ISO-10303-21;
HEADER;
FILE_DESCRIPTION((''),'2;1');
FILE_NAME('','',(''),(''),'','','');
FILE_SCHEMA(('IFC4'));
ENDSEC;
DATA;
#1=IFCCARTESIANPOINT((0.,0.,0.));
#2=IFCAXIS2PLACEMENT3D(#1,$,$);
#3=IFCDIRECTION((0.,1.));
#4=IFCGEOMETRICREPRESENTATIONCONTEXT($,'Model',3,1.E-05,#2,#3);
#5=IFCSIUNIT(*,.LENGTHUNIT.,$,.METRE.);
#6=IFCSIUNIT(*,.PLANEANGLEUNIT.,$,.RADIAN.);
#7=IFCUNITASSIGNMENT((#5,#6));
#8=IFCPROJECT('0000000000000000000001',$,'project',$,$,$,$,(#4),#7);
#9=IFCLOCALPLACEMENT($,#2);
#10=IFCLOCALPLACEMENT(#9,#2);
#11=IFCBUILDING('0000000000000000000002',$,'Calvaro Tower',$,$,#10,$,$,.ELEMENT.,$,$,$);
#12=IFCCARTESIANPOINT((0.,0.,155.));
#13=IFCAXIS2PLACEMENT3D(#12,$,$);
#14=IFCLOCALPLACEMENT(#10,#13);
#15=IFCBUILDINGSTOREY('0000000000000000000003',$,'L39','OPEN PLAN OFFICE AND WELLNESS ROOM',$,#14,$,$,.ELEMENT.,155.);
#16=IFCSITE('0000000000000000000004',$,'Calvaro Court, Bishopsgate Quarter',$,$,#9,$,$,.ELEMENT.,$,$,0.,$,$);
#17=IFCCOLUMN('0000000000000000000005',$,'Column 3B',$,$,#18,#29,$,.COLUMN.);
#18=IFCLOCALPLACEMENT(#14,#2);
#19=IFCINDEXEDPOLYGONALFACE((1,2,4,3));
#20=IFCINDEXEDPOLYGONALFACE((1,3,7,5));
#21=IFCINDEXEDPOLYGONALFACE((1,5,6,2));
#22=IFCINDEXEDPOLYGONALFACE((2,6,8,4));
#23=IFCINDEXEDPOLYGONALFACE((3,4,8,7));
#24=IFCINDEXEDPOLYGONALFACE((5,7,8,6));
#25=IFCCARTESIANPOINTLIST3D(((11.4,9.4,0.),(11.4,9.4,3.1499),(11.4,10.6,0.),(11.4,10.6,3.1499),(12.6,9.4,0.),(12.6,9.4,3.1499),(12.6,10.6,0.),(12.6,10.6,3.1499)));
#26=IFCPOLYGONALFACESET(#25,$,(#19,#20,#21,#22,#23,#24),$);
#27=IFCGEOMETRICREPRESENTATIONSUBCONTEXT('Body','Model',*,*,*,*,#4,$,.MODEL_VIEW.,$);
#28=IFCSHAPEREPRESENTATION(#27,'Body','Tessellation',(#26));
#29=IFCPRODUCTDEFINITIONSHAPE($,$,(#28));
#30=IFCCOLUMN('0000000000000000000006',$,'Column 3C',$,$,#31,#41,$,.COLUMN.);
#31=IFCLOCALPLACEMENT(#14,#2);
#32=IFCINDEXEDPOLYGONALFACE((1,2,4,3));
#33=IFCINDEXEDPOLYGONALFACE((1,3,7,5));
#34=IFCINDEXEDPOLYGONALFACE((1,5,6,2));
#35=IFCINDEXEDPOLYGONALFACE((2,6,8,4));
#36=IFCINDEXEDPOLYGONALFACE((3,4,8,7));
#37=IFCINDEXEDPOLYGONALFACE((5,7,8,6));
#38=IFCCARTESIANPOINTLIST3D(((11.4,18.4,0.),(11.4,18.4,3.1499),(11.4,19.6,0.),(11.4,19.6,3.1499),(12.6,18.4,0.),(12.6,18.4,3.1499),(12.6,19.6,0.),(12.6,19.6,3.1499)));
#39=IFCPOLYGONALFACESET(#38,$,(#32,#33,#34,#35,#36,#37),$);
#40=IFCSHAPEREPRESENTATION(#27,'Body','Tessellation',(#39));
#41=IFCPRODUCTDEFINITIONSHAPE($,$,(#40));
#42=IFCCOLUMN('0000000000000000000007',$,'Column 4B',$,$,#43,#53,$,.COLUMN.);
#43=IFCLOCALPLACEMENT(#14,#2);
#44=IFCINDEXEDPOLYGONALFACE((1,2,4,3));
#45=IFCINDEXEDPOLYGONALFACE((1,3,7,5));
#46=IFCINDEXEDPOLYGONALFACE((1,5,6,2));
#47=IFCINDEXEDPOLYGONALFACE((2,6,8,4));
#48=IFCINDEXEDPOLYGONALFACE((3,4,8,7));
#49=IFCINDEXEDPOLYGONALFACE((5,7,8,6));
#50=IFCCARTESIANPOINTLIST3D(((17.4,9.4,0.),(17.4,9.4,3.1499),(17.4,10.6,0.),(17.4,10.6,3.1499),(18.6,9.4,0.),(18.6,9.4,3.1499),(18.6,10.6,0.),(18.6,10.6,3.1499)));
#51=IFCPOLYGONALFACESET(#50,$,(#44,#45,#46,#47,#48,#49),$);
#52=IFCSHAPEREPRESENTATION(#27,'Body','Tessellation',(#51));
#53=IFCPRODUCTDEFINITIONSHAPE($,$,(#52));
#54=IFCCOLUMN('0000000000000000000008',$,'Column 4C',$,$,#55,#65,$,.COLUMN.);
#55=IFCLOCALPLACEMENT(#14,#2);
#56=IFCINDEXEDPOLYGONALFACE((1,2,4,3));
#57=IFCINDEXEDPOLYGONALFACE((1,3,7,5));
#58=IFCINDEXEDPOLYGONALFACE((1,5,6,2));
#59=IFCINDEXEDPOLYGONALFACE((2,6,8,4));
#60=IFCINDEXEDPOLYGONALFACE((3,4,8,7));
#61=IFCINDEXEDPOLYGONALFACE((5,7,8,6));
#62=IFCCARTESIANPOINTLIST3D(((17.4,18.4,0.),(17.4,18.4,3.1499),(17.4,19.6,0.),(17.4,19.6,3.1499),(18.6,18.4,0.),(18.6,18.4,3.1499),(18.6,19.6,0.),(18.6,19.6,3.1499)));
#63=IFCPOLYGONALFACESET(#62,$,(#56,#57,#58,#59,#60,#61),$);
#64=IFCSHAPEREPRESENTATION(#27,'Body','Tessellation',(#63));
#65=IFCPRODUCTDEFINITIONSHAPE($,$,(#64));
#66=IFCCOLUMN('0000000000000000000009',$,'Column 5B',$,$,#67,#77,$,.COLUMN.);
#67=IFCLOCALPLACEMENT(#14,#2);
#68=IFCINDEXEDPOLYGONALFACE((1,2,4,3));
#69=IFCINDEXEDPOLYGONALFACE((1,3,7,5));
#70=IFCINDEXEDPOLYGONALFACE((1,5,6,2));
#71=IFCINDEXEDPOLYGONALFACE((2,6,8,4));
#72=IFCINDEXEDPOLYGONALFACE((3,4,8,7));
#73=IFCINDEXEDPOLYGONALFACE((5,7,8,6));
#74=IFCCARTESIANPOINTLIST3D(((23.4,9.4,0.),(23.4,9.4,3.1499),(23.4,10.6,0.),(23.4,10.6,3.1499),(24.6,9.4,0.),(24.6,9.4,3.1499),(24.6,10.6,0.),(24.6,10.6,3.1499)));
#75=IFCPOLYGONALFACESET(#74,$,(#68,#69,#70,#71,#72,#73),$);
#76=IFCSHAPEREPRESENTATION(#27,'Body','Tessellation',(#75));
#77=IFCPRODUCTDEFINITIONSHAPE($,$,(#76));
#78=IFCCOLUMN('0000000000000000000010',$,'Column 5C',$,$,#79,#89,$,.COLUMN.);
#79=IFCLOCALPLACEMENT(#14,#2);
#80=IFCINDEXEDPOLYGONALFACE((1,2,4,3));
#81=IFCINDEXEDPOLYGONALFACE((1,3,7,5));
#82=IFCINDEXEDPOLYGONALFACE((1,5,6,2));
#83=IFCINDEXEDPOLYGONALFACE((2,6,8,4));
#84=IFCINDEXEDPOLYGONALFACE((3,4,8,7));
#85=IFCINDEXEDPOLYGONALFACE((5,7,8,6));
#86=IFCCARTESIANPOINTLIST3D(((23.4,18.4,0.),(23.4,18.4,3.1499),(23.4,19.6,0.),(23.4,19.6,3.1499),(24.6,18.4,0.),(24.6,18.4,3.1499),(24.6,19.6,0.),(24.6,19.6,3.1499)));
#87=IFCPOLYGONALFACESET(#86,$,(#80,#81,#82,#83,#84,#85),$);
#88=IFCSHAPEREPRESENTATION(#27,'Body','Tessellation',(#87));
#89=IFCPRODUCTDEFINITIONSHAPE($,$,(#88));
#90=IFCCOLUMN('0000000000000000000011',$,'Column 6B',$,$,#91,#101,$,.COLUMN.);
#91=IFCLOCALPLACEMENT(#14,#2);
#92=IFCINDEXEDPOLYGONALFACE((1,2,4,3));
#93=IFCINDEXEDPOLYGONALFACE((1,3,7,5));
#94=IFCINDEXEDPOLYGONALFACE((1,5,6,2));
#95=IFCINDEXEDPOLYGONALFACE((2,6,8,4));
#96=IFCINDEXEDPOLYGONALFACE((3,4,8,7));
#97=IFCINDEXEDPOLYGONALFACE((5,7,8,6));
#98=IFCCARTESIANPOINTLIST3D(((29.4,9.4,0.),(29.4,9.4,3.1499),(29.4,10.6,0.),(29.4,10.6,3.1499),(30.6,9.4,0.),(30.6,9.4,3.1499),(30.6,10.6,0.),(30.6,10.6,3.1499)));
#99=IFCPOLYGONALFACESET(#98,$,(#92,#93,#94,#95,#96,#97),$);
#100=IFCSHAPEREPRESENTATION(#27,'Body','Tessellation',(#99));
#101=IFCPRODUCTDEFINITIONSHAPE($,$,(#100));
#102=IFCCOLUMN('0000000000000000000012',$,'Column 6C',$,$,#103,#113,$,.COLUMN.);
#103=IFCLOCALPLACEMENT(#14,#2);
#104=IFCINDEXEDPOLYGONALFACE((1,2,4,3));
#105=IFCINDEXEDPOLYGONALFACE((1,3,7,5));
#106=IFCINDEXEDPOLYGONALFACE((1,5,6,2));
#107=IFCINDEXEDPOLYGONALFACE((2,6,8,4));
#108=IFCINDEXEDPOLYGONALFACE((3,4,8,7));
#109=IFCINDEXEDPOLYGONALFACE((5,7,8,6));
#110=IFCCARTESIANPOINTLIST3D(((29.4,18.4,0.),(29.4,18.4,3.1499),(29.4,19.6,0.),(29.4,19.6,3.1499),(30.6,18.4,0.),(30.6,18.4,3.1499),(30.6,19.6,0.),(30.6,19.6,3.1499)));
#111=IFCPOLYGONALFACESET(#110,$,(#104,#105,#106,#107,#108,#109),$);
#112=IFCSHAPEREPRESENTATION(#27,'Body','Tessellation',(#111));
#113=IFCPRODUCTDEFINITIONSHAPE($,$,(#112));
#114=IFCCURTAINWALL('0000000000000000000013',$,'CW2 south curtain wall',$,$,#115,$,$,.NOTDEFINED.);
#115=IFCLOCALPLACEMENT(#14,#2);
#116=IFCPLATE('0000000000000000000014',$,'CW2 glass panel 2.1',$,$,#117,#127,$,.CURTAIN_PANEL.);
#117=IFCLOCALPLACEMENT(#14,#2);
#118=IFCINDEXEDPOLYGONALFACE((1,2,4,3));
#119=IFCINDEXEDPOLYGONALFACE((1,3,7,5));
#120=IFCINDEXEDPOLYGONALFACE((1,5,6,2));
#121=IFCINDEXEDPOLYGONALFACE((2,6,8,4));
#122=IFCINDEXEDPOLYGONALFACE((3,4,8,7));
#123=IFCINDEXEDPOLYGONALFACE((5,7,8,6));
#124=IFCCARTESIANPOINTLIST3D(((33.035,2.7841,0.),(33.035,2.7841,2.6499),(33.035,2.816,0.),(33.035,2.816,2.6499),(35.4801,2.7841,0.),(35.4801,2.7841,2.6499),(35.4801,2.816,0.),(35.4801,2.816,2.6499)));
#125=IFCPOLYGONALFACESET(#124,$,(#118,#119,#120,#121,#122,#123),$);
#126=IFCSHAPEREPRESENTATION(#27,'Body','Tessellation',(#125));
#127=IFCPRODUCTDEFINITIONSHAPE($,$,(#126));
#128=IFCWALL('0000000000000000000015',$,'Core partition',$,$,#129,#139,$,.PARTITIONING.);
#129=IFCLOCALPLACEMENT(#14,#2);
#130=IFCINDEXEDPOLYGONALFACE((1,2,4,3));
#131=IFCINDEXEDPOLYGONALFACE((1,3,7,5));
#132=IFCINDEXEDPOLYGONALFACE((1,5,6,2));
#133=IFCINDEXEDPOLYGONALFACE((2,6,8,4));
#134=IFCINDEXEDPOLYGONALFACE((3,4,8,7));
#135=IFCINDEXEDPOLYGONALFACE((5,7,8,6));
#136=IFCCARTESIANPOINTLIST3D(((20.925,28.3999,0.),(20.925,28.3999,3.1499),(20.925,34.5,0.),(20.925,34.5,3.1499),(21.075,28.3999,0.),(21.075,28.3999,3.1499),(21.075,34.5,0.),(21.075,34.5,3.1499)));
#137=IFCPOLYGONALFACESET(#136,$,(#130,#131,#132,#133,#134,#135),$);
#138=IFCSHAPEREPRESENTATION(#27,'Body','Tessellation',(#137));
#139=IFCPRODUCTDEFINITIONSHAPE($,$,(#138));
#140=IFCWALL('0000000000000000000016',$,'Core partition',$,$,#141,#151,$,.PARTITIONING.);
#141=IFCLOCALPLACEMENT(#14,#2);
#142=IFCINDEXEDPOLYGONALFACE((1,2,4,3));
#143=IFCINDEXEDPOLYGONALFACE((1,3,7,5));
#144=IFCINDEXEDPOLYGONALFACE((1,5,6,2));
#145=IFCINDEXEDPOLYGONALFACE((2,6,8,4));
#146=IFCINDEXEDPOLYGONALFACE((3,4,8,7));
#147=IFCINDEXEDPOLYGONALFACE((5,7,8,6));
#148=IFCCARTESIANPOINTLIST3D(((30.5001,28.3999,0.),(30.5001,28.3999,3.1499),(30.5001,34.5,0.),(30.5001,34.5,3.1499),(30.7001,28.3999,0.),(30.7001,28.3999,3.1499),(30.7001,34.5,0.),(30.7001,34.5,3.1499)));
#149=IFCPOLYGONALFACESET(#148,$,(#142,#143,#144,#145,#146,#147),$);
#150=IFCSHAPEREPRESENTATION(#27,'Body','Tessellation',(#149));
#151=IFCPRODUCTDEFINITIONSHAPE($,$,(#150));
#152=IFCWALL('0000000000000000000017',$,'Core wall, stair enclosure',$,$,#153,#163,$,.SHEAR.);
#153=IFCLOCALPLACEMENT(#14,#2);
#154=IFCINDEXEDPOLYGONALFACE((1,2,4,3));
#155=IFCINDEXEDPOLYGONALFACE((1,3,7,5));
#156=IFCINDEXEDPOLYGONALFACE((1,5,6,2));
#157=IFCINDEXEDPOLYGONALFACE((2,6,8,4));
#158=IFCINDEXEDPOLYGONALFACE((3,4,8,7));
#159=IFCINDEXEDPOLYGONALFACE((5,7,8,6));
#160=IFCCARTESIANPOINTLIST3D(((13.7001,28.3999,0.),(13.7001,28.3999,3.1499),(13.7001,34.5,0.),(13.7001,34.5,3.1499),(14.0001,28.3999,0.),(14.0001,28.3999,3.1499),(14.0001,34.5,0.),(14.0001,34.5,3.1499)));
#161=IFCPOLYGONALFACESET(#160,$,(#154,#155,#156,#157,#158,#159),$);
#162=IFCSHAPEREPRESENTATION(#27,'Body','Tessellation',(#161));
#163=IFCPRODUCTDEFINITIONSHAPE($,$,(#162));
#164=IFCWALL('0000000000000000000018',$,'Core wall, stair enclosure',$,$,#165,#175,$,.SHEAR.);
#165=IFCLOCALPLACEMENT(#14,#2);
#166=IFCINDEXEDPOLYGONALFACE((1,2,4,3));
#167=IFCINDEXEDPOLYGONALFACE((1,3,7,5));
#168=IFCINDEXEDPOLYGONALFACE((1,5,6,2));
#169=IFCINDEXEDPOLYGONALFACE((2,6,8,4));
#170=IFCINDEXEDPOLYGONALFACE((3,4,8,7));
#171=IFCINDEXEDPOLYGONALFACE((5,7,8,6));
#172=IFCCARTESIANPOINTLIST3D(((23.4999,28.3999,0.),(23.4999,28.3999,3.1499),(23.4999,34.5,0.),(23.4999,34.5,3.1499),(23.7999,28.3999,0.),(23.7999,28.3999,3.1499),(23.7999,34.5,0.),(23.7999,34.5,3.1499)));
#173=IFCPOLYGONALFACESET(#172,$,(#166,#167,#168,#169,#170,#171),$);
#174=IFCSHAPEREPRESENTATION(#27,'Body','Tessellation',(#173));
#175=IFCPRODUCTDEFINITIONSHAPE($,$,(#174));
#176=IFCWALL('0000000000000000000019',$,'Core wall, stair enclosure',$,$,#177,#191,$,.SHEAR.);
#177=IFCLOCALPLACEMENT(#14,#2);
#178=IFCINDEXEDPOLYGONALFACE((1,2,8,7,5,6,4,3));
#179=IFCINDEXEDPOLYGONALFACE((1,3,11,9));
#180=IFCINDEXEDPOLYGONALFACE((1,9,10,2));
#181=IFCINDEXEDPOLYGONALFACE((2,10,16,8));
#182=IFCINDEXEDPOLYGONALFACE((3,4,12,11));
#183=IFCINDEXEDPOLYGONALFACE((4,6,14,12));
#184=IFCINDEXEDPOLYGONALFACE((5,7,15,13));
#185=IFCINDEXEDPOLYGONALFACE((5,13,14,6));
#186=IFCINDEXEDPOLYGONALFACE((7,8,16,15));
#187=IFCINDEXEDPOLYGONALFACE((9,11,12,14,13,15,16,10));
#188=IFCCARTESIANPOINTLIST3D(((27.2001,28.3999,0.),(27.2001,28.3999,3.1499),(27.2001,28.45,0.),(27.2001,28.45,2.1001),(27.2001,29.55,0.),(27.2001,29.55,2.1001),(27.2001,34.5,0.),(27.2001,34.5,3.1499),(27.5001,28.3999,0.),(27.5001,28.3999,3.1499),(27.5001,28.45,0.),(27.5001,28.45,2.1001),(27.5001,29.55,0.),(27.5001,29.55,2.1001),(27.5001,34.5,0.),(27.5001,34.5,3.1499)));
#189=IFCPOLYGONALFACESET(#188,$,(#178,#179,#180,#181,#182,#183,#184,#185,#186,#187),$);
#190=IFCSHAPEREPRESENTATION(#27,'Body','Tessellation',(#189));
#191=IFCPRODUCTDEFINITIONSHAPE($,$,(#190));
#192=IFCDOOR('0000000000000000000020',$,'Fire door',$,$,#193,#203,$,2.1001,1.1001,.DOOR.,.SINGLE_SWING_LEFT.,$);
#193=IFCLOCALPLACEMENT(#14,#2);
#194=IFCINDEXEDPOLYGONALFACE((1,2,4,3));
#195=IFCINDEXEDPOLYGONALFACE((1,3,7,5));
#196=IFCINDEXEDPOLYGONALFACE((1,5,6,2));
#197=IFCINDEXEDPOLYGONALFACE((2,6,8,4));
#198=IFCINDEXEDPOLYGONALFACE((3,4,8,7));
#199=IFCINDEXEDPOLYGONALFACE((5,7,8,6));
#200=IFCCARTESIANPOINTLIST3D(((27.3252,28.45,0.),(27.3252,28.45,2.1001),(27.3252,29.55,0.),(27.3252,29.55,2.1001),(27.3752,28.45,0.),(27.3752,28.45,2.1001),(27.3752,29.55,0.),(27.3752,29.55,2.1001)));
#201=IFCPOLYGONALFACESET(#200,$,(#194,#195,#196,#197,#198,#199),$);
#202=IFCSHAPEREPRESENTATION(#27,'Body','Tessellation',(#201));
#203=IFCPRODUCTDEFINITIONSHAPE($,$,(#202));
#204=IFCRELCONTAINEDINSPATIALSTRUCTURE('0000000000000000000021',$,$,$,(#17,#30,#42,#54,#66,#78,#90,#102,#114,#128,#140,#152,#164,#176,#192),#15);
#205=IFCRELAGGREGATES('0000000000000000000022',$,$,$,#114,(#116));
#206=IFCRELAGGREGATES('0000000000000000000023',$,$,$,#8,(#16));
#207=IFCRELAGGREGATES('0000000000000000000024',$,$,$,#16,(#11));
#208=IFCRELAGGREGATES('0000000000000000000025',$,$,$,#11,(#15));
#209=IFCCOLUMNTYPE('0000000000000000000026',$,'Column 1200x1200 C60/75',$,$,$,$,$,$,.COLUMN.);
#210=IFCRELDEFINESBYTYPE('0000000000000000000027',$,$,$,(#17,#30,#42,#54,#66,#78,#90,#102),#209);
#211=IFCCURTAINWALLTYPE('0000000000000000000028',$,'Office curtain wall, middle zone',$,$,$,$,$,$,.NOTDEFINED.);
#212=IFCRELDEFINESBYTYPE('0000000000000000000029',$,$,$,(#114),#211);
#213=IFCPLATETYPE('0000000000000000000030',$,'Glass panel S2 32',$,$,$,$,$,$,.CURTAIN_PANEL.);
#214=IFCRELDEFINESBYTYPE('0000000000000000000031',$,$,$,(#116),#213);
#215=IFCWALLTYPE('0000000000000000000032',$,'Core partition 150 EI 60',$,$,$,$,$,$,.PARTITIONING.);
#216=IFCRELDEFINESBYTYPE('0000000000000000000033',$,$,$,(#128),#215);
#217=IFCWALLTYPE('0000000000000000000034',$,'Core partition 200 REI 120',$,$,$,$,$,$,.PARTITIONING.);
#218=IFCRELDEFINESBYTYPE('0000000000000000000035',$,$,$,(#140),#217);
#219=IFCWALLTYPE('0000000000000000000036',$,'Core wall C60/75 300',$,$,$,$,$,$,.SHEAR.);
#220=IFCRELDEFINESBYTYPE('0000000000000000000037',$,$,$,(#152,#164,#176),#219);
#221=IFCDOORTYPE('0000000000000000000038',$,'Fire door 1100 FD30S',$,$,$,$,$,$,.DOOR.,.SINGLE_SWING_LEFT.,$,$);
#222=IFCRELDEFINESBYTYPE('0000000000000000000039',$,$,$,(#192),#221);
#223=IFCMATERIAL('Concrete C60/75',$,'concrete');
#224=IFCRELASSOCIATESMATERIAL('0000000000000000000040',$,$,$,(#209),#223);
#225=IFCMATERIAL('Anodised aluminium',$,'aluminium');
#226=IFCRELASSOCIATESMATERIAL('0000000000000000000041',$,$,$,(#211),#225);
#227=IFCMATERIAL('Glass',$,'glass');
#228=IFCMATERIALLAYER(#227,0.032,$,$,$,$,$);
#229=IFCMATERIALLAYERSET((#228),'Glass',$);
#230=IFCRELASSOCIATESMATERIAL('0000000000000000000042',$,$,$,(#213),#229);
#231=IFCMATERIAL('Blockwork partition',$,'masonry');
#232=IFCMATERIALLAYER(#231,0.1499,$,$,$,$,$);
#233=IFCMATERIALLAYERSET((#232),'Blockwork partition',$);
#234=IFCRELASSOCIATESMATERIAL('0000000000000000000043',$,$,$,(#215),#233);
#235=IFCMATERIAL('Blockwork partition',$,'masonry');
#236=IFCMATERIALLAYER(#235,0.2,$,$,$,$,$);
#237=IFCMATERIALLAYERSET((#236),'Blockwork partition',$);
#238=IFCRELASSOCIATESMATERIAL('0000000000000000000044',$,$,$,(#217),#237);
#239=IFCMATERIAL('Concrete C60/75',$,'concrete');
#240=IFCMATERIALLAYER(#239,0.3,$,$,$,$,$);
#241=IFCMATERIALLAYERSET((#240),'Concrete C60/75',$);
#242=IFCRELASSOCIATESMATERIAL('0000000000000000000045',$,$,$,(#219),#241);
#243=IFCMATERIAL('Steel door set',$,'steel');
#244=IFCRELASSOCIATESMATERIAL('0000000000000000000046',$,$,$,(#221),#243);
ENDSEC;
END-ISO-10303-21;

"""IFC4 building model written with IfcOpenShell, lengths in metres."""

from ifc_helpers import new_model, si_unit, direction, frame, frame_2d, origin, origin_2d, place, context, subcontext, project, spatial, rectangle, extrude, material, layer, layer_set, material_profile, profile_set, type_object, element, fill, aggregate, save


model = new_model("IFC4")

# Units and contexts
model_context = context("Model", 3, precision=1e-05, world=origin(), true_north=direction((0.0, 1.0)))
body_context = subcontext(model_context, "Body", "Model", "MODEL_VIEW")
ifc_project = project(units=[si_unit("LENGTHUNIT", "METRE"), si_unit("PLANEANGLEUNIT", "RADIAN")], contexts=[model_context])

# Site, building, storey
site_placement = place(None, origin())
site = spatial("IfcSite", under=ifc_project, at=site_placement, Name="Calvaro Court, Bishopsgate Quarter", CompositionType="ELEMENT", RefElevation=0.0)
building_placement = place(site_placement, origin())
building = spatial("IfcBuilding", under=site, at=building_placement, Name="Calvaro Tower", CompositionType="ELEMENT")
storey_placement = place(building_placement, frame((0.0, 0.0, 155.0)))
storey = spatial("IfcBuildingStorey", under=building, at=storey_placement, Name="L39", Description="OPEN PLAN OFFICE AND WELLNESS ROOM", CompositionType="ELEMENT", Elevation=155.0)

# Columns
ifc_material_1 = material(Name="Concrete C60/75", Category="concrete")
ifc_material_profile = material_profile(ifc_material_1, rectangle(XDim=1.2, YDim=1.2, at=origin_2d()), Name="RC 1200x1200")
ifc_profile_set = profile_set([ifc_material_profile], Name="Concrete C60/75")
column_type = type_object("IfcColumnType", Name="Column 1200x1200 C60/75", PredefinedType="COLUMN", material=ifc_profile_set)
for number, where, z_axis, x_axis, name in (
    (1, (12.0, 10.0, 0.0), (0.0, 0.0, 1.0), (1.0, 0.0, 0.0), "Column 3B"),
    (2, (12.0, 19.0, 0.0), (0.0, 0.0, 1.0), (1.0, 0.0, 0.0), "Column 3C"),
    (3, (18.0, 10.0, 0.0), (0.0, 0.0, 1.0), (1.0, 0.0, 0.0), "Column 4B"),
    (4, (18.0, 19.0, 0.0), (0.0, 0.0, 1.0), (1.0, 0.0, 0.0), "Column 4C"),
    (5, (24.0, 10.0, 0.0), (0.0, 0.0, 1.0), (1.0, 0.0, 0.0), "Column 5B"),
    (6, (24.0, 19.0, 0.0), (0.0, 0.0, 1.0), (1.0, 0.0, 0.0), "Column 5C"),
    (7, (30.0, 10.0, 0.0), (0.0, 0.0, 1.0), (1.0, 0.0, 0.0), "Column 6B"),
    (8, (30.0, 19.0, 0.0), (0.0, 0.0, 1.0), (1.0, 0.0, 0.0), "Column 6C"),
):
    element("IfcColumn", number, at=place(storey_placement, frame(where, z_axis=z_axis, x_axis=x_axis)), inside=storey, type_object=column_type, Name=name, PredefinedType="COLUMN", context=body_context, shape_type="SweptSolid", body=[
        extrude(rectangle(XDim=1.2, YDim=1.2, at=origin_2d()), origin(), (0.0, 0.0, 1.0), 3.1499),
    ])

# Curtain wall, plate
ifc_material_2 = material(Name="Anodised aluminium", Category="aluminium")
curtain_wall_type = type_object("IfcCurtainWallType", Name="Office curtain wall, middle zone", PredefinedType="NOTDEFINED", material=ifc_material_2)
curtain_wall_placement = place(storey_placement, origin())
curtain_wall = element("IfcCurtainWall", 9, at=curtain_wall_placement, inside=storey, type_object=curtain_wall_type, Name="CW2 south curtain wall", PredefinedType="NOTDEFINED")
ifc_material_3 = material(Name="Glass", Category="glass")
ifc_layer_1 = layer(ifc_material_3, 0.032)
ifc_layer_set_1 = layer_set([ifc_layer_1], Name="Glass")
plate_type = type_object("IfcPlateType", Name="Glass panel S2 32", PredefinedType="CURTAIN_PANEL", material=ifc_layer_set_1)
plate_placement = place(storey_placement, frame((34.2576, 2.8, 0.0), z_axis=(0.0, 0.0, 1.0), x_axis=(1.0, 0.0, 0.0)))
plate = element("IfcPlate", 10, at=plate_placement, type_object=plate_type, Name="CW2 glass panel 2.1", PredefinedType="CURTAIN_PANEL", context=body_context, shape_type="SweptSolid", body=[
    extrude(rectangle(XDim=2.4451, YDim=0.032, at=origin_2d()), origin(), (0.0, 0.0, 1.0), 2.6499),
])
aggregate(curtain_wall, [plate])

# Walls
ifc_material_4 = material(Name="Blockwork partition", Category="masonry")
ifc_layer_2 = layer(ifc_material_4, 0.1499)
ifc_layer_set_2 = layer_set([ifc_layer_2], Name="Blockwork partition")
wall_type_1 = type_object("IfcWallType", Name="Core partition 150 EI 60", PredefinedType="PARTITIONING", material=ifc_layer_set_2)
wall_1_placement = place(storey_placement, frame((21.0, 28.3999, 0.0), z_axis=(0.0, 0.0, 1.0), x_axis=(0.0, 1.0, 0.0)))
element("IfcWall", 11, at=wall_1_placement, inside=storey, type_object=wall_type_1, Name="Core partition", PredefinedType="PARTITIONING", context=body_context, shape_type="SweptSolid", body=[
    extrude(rectangle(XDim=6.1001, YDim=0.1499, at=frame_2d((3.05, 0.0))), origin(), (0.0, 0.0, 1.0), 3.1499),
])
ifc_material_5 = material(Name="Blockwork partition", Category="masonry")
ifc_layer_3 = layer(ifc_material_5, 0.2)
ifc_layer_set_3 = layer_set([ifc_layer_3], Name="Blockwork partition")
wall_type_2 = type_object("IfcWallType", Name="Core partition 200 REI 120", PredefinedType="PARTITIONING", material=ifc_layer_set_3)
wall_2_placement = place(storey_placement, frame((30.6001, 28.3999, 0.0), z_axis=(0.0, 0.0, 1.0), x_axis=(0.0, 1.0, 0.0)))
element("IfcWall", 12, at=wall_2_placement, inside=storey, type_object=wall_type_2, Name="Core partition", PredefinedType="PARTITIONING", context=body_context, shape_type="SweptSolid", body=[
    extrude(rectangle(XDim=6.1001, YDim=0.2, at=frame_2d((3.05, 0.0))), origin(), (0.0, 0.0, 1.0), 3.1499),
])
ifc_material_6 = material(Name="Concrete C60/75", Category="concrete")
ifc_layer_4 = layer(ifc_material_6, 0.3)
ifc_layer_set_4 = layer_set([ifc_layer_4], Name="Concrete C60/75")
wall_type_3 = type_object("IfcWallType", Name="Core wall C60/75 300", PredefinedType="SHEAR", material=ifc_layer_set_4)
for number, where, z_axis, x_axis, name in (
    (13, (13.8501, 28.3999, 0.0), (0.0, 0.0, 1.0), (0.0, 1.0, 0.0), "Core wall, stair enclosure"),
    (14, (23.6499, 28.3999, 0.0), (0.0, 0.0, 1.0), (0.0, 1.0, 0.0), "Core wall, stair enclosure"),
):
    element("IfcWall", number, at=place(storey_placement, frame(where, z_axis=z_axis, x_axis=x_axis)), inside=storey, type_object=wall_type_3, Name=name, PredefinedType="SHEAR", context=body_context, shape_type="SweptSolid", body=[
        extrude(rectangle(XDim=6.1001, YDim=0.3, at=frame_2d((3.05, 0.0))), origin(), (0.0, 0.0, 1.0), 3.1499),
    ])

# Wall, opening, door
wall_3_placement = place(storey_placement, frame((27.3501, 28.3999, 0.0), z_axis=(0.0, 0.0, 1.0), x_axis=(0.0, 1.0, 0.0)))
wall_3 = element("IfcWall", 15, at=wall_3_placement, inside=storey, type_object=wall_type_3, Name="Core wall, stair enclosure", PredefinedType="SHEAR", context=body_context, shape_type="SweptSolid", body=[
    extrude(rectangle(XDim=6.1001, YDim=0.3, at=frame_2d((3.05, 0.0))), origin(), (0.0, 0.0, 1.0), 3.1499),
])
opening_1_placement = place(wall_3_placement, frame((0.05, 0.0, 0.0)))
opening_1 = element("IfcOpeningElement", 16, at=opening_1_placement, cuts=wall_3, PredefinedType="OPENING", context=body_context, shape_type="SweptSolid", body=[
    extrude(rectangle(XDim=1.1001, YDim=2.1001, at=frame_2d((0.55, 1.05))), frame((0.0, 0.1599, 0.0), z_axis=(0.0, -1.0, 0.0), x_axis=(1.0, 0.0, 0.0)), (0.0, 0.0, 1.0), 0.3201),
])
ifc_material_7 = material(Name="Steel door set", Category="steel")
door_type_1 = type_object("IfcDoorType", Name="Fire door 1100 FD30S", OperationType="SINGLE_SWING_LEFT", PredefinedType="DOOR", material=ifc_material_7)
door_1_placement = place(opening_1_placement, origin())
door_1 = element("IfcDoor", 17, at=door_1_placement, inside=storey, type_object=door_type_1, Name="Fire door", OperationType="SINGLE_SWING_LEFT", OverallHeight=2.1001, OverallWidth=1.1001, PredefinedType="DOOR", context=body_context, shape_type="SweptSolid", body=[
    extrude(rectangle(XDim=1.1001, YDim=2.1001, at=frame_2d((0.55, 1.05))), frame((0.0, 0.0249, 0.0), z_axis=(0.0, -1.0, 0.0), x_axis=(1.0, 0.0, 0.0)), (0.0, 0.0, 1.0), 0.05),
])
fill(opening_1, door_1)

save(model, "model.ifc")
